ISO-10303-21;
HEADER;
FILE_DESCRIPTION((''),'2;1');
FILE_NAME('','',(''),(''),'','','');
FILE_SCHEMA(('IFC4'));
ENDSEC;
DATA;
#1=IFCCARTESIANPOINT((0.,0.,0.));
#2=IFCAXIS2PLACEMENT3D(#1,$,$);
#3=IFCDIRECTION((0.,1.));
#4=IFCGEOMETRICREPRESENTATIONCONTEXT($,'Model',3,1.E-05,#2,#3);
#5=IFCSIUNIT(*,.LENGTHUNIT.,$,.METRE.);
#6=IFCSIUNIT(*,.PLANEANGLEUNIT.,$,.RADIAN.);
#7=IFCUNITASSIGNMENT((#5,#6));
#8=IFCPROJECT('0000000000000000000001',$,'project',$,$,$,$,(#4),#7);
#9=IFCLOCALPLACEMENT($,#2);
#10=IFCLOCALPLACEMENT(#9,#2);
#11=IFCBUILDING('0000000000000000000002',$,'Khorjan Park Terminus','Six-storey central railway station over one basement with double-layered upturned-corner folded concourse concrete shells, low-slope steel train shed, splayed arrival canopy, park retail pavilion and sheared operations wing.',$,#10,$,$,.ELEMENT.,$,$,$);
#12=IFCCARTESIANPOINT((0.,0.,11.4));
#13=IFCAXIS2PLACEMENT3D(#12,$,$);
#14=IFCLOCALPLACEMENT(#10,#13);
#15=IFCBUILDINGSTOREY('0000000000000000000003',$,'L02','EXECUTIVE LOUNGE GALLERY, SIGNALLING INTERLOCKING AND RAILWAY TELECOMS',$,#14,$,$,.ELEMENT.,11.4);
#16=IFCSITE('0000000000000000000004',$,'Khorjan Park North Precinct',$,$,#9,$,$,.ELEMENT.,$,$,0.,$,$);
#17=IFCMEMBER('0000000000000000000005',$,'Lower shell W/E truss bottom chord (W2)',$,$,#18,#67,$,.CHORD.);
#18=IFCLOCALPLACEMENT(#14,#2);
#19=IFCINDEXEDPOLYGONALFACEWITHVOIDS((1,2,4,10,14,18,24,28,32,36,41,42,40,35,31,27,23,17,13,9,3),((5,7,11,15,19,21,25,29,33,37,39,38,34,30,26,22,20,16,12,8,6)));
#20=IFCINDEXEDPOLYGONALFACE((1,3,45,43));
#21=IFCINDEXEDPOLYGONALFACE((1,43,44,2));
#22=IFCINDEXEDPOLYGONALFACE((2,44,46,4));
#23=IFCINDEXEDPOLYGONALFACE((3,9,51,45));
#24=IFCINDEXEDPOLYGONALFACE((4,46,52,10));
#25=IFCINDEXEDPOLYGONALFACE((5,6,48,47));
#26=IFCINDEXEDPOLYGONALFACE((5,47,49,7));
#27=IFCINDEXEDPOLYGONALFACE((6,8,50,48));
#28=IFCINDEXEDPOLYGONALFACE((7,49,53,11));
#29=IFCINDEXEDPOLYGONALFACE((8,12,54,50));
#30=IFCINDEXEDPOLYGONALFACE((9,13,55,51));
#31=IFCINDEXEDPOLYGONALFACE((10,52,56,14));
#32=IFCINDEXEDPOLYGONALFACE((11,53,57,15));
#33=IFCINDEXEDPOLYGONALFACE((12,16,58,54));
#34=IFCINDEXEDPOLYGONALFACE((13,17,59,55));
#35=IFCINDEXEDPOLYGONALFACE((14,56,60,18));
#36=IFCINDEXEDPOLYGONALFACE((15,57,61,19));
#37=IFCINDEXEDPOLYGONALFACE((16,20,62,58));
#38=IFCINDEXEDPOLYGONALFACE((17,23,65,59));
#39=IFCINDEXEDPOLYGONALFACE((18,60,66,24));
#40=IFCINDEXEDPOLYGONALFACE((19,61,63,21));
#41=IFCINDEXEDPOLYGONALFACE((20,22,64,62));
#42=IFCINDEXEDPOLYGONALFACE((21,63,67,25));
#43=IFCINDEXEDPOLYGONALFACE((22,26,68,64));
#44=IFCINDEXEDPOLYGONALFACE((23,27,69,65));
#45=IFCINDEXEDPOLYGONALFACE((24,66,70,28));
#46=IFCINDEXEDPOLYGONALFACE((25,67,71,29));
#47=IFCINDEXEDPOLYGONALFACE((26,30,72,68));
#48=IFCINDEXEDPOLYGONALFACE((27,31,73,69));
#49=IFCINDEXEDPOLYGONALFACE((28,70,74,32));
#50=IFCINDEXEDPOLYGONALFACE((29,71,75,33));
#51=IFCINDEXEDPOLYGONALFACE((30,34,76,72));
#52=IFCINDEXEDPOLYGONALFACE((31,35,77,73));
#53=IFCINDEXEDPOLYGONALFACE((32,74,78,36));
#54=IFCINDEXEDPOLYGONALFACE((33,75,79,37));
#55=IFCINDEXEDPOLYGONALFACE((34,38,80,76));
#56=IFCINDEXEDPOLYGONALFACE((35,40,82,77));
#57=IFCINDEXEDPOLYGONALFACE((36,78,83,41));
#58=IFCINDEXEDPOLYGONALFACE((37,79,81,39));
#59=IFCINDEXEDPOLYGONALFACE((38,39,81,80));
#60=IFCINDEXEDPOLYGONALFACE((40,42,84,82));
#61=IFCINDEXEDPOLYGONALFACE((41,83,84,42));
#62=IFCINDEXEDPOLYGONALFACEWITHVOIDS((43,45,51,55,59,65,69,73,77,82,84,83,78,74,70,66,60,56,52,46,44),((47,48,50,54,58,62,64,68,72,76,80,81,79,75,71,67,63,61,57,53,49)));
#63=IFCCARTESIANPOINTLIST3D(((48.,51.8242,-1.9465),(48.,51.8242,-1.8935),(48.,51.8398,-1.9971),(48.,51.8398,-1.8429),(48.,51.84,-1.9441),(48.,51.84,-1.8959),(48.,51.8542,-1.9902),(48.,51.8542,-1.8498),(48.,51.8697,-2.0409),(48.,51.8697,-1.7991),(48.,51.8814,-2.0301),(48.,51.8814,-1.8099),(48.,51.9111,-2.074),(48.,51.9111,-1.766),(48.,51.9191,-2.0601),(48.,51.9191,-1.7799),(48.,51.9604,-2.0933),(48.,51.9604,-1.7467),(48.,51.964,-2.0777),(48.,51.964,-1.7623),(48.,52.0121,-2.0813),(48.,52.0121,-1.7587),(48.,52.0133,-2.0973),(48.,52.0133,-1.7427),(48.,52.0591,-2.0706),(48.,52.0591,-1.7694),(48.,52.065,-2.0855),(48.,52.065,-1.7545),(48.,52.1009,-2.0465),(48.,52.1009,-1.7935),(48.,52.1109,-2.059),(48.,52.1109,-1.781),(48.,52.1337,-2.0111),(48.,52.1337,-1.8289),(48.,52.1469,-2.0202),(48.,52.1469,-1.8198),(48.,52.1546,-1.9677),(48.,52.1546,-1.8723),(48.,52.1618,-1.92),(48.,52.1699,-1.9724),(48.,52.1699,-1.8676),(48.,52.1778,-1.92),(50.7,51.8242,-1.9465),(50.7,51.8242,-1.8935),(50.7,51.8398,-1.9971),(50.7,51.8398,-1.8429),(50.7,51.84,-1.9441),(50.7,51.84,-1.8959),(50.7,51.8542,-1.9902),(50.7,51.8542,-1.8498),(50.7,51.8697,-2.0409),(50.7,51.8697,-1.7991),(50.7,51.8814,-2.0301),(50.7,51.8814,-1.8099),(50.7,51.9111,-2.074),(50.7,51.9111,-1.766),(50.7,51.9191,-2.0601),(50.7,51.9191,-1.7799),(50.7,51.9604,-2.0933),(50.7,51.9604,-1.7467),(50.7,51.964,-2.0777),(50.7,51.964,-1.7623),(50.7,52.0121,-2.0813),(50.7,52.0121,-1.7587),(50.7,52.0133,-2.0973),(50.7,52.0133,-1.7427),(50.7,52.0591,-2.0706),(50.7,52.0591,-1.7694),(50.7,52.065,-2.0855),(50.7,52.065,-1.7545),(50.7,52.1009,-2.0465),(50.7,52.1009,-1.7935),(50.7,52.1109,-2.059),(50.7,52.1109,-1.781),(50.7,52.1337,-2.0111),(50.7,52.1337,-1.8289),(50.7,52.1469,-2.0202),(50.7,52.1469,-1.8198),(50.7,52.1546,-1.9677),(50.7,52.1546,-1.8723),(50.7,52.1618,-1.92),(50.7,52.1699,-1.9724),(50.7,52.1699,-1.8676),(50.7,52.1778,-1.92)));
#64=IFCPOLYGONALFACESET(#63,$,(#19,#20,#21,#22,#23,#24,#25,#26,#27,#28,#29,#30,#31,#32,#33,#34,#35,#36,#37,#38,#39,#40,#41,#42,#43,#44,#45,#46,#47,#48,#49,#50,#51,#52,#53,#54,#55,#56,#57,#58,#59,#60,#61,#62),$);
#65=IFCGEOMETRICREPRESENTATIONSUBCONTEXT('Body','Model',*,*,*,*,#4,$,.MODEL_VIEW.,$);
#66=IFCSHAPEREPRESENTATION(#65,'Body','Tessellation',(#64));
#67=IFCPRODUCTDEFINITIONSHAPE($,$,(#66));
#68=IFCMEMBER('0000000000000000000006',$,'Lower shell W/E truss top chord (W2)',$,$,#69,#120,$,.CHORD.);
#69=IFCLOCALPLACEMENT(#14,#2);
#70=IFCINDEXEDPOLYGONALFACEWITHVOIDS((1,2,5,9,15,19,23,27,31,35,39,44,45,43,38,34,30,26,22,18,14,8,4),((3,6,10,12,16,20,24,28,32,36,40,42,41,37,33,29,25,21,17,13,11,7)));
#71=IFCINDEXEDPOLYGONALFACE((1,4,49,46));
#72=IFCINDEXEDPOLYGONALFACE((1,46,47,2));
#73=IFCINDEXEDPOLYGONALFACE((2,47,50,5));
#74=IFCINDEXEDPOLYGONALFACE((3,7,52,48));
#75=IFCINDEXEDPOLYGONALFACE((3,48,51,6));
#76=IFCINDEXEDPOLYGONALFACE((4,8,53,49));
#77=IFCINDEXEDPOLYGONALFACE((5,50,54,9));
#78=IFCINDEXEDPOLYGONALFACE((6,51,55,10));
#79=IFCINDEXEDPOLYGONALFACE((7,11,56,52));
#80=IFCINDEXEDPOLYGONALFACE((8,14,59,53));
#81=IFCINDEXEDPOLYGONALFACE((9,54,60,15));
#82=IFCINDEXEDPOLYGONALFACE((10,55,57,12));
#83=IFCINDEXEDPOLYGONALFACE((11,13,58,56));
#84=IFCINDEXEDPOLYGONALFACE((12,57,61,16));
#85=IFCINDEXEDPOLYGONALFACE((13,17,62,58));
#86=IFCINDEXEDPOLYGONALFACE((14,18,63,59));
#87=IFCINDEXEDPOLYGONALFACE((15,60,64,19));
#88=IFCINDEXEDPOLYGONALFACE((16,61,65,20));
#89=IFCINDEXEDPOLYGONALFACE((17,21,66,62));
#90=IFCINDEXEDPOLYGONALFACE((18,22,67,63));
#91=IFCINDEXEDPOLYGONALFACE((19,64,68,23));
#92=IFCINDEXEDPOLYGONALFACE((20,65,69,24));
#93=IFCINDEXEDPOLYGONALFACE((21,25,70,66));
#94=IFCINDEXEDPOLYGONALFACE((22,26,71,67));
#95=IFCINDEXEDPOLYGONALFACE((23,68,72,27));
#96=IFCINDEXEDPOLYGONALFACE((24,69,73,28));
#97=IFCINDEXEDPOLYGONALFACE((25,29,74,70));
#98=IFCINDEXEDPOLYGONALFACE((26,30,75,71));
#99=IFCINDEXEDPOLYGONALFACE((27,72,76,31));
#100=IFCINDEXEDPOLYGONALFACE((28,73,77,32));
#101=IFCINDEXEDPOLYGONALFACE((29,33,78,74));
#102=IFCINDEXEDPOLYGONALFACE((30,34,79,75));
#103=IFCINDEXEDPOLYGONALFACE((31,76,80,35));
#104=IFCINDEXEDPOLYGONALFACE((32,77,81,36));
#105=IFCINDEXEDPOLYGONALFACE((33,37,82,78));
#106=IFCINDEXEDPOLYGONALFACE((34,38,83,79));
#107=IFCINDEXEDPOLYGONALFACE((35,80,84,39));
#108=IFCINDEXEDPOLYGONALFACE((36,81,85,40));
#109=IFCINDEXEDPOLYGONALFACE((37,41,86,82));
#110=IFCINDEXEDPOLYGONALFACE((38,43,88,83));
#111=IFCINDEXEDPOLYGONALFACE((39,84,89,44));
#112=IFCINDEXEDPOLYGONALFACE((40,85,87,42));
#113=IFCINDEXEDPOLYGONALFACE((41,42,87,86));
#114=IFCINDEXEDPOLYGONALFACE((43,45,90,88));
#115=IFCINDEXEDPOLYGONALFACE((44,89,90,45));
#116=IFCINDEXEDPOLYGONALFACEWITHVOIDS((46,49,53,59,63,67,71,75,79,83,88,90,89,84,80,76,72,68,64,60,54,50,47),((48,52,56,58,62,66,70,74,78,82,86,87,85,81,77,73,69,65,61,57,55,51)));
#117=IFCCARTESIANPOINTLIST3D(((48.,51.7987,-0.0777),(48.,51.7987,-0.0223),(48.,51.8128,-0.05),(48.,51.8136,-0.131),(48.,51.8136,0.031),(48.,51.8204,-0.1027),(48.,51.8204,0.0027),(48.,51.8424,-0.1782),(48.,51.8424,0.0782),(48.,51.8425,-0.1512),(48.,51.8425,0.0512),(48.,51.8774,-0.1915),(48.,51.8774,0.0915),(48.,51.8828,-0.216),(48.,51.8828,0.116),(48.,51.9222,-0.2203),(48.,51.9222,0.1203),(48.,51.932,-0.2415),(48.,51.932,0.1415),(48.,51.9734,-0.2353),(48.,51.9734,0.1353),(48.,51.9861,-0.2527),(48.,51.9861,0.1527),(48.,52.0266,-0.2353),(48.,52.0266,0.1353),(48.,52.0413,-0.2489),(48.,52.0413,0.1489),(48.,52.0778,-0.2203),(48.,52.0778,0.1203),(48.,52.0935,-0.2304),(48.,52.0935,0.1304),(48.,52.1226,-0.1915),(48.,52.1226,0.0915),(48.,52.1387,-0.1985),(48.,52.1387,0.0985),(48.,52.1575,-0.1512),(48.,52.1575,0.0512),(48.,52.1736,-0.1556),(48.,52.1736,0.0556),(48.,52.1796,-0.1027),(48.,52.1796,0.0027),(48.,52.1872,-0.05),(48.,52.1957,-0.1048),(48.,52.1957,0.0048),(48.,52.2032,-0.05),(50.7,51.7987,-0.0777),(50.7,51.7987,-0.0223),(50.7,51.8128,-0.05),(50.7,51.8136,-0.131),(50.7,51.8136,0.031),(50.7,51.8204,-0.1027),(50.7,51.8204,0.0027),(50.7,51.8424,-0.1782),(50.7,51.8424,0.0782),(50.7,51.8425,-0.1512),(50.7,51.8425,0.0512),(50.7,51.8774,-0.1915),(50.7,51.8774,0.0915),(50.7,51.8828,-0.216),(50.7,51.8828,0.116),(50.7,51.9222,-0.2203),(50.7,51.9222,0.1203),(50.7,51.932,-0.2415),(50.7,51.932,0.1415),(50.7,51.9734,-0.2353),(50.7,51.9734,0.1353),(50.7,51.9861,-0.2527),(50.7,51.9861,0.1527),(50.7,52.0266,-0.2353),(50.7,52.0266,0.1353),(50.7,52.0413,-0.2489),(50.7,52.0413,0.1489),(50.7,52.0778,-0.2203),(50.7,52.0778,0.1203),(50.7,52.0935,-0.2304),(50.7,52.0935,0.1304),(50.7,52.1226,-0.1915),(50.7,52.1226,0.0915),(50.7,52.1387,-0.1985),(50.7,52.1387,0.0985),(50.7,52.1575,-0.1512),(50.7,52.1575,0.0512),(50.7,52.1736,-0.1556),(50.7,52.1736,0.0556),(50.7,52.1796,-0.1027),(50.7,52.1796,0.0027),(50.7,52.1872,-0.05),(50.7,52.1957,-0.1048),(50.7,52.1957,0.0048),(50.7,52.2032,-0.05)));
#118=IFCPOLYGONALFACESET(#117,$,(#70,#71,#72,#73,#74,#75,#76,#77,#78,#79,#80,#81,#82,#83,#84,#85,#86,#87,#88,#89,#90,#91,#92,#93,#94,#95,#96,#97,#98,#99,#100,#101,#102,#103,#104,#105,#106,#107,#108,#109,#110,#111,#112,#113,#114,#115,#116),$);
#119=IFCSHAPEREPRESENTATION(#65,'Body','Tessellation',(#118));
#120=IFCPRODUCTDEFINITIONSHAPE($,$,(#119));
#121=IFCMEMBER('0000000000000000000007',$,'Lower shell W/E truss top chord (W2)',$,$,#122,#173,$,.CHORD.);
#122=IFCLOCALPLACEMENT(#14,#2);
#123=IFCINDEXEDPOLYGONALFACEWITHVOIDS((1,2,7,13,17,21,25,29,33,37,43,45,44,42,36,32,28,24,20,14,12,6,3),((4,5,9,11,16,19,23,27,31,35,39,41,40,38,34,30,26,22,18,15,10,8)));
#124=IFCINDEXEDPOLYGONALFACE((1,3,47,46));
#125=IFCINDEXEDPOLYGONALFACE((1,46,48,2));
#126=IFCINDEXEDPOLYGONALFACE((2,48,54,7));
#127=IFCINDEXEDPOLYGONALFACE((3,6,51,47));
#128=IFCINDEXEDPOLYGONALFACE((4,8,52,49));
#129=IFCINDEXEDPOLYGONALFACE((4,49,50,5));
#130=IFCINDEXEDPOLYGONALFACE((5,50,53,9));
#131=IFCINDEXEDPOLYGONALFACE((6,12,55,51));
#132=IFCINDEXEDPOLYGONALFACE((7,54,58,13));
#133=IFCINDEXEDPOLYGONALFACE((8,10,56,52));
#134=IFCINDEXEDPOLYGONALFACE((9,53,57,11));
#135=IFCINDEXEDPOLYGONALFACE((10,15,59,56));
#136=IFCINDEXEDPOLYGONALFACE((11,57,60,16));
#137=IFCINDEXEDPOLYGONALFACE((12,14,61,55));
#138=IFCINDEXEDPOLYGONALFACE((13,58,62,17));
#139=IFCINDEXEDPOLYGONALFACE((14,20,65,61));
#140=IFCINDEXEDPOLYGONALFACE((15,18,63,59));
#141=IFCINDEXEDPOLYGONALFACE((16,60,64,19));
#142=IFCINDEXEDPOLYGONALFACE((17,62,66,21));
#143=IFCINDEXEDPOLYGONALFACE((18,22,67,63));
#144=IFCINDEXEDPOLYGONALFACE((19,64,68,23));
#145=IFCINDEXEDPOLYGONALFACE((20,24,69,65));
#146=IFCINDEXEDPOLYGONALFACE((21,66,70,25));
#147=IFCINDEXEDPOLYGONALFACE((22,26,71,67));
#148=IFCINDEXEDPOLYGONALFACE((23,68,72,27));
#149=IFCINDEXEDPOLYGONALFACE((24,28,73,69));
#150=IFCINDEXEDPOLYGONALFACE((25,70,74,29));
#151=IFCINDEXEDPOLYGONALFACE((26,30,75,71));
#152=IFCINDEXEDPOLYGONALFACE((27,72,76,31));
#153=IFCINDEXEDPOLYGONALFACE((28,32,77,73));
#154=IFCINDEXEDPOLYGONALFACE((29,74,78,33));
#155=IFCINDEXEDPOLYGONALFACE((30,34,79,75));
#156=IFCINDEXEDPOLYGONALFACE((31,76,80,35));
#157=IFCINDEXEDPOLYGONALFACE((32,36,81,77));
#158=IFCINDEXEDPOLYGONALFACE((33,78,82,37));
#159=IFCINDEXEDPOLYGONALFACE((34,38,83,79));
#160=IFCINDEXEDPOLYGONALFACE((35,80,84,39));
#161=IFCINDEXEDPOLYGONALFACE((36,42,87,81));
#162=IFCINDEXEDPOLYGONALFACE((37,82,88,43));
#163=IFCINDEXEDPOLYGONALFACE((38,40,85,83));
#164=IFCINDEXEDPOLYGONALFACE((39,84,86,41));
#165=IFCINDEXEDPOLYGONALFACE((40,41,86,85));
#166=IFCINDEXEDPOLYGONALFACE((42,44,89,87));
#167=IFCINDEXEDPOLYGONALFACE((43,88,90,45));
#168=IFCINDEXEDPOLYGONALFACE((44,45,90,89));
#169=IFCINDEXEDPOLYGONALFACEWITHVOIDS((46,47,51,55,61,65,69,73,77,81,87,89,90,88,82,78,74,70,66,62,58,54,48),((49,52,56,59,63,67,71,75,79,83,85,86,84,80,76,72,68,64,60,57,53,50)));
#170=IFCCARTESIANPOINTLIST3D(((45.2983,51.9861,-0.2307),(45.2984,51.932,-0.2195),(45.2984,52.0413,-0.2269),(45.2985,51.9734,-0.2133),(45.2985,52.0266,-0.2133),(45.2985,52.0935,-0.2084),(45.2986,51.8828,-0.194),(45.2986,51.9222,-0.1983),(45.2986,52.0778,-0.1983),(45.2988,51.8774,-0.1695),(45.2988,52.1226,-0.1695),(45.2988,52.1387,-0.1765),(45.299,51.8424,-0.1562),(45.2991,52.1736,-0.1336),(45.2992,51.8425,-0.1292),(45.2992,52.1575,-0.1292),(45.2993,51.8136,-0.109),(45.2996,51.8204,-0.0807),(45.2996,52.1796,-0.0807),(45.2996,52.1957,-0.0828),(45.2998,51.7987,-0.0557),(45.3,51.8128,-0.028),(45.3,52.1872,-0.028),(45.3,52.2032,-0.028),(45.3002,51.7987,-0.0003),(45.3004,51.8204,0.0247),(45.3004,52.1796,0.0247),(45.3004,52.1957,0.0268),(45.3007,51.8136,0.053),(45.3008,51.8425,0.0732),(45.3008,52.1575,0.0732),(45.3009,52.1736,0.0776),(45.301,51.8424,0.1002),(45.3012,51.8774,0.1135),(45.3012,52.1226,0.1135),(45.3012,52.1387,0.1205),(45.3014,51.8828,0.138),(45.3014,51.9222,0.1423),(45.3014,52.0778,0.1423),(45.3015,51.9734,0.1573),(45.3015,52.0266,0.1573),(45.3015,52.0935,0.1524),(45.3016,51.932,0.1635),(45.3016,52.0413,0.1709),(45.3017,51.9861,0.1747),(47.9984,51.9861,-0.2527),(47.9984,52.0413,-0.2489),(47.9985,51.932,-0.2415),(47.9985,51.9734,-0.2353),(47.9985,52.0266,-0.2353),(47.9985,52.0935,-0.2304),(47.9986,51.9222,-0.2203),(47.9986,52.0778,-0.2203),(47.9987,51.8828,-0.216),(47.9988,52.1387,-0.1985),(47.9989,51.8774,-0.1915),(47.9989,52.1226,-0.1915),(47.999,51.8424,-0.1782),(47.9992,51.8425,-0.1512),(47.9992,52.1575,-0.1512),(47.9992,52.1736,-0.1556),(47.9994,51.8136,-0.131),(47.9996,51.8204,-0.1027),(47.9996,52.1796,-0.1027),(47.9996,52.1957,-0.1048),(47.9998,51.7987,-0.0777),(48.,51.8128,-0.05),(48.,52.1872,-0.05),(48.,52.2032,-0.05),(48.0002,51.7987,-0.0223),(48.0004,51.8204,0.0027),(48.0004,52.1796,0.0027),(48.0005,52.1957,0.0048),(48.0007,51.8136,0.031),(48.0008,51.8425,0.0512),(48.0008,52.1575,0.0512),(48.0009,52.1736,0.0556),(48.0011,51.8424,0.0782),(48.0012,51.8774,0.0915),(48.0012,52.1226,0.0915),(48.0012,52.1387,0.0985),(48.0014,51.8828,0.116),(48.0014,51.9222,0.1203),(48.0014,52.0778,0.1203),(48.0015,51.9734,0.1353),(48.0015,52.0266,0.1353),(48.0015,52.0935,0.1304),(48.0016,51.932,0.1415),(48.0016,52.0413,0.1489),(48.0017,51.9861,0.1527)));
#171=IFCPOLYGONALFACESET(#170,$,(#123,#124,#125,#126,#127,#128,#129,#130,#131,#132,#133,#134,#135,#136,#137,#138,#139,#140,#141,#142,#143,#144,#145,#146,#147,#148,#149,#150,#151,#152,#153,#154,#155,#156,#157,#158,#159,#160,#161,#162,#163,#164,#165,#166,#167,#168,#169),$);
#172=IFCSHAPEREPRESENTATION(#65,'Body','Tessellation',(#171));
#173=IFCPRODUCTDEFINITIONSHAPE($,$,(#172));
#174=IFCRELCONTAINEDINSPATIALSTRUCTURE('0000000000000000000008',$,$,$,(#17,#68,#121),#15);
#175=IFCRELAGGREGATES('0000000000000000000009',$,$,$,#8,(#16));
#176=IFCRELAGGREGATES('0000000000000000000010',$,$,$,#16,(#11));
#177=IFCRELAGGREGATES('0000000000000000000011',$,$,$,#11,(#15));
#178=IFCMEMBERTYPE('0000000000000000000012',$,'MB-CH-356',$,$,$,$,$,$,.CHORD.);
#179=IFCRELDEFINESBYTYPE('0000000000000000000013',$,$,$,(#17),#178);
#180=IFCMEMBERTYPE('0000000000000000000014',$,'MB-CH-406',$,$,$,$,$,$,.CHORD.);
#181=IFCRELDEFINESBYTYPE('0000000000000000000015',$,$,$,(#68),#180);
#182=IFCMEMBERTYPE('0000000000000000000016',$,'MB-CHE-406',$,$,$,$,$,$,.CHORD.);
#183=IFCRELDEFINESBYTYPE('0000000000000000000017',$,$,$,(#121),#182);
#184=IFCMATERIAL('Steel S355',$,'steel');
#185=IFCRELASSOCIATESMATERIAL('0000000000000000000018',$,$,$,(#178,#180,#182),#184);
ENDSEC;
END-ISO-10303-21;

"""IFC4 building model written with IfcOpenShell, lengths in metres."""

from ifc_helpers import new_model, si_unit, direction, frame, origin, origin_2d, place, context, subcontext, project, spatial, hollow_circle, extrude, material, material_profile, profile_set, type_object, element, save


model = new_model("IFC4")

# Units and contexts
model_context = context("Model", 3, precision=1e-05, world=origin(), true_north=direction((0.0, 1.0)))
body_context = subcontext(model_context, "Body", "Model", "MODEL_VIEW")
ifc_project = project(units=[si_unit("LENGTHUNIT", "METRE"), si_unit("PLANEANGLEUNIT", "RADIAN")], contexts=[model_context])

# Site, building, storey
site_placement = place(None, origin())
site = spatial("IfcSite", under=ifc_project, at=site_placement, Name="Khorjan Park North Precinct", CompositionType="ELEMENT", RefElevation=0.0)
building_placement = place(site_placement, origin())
building = spatial("IfcBuilding", under=site, at=building_placement, Name="Khorjan Park Terminus", Description="Six-storey central railway station over one basement with double-layered upturned-corner folded concourse concrete shells, low-slope steel train shed, splayed arrival canopy, park retail pavilion and sheared operations wing.", CompositionType="ELEMENT")
storey_placement = place(building_placement, frame((0.0, 0.0, 11.4)))
storey = spatial("IfcBuildingStorey", under=building, at=storey_placement, Name="L02", Description="EXECUTIVE LOUNGE GALLERY, SIGNALLING INTERLOCKING AND RAILWAY TELECOMS", CompositionType="ELEMENT", Elevation=11.4)

# Members
ifc_material_1 = material(Name="Steel S355", Category="steel")
ifc_material_profile_1 = material_profile(ifc_material_1, hollow_circle(Radius=0.1778, WallThickness=0.016, at=origin_2d()), Name="CHS 355.6x16")
ifc_profile_set_1 = profile_set([ifc_material_profile_1], Name="Steel S355")
member_type_1 = type_object("IfcMemberType", Name="MB-CH-356", PredefinedType="CHORD", material=ifc_profile_set_1)
member_1_placement = place(storey_placement, frame((48.0, 52.0, -1.92), z_axis=(1.0, 0.0, 0.0), x_axis=(0.0, 1.0, 0.0)))
element("IfcMember", 1, at=member_1_placement, inside=storey, type_object=member_type_1, Name="Lower shell W/E truss bottom chord (W2)", PredefinedType="CHORD", context=body_context, shape_type="SweptSolid", body=[
    extrude(hollow_circle(Radius=0.1778, WallThickness=0.016, at=origin_2d()), origin(), (0.0, 0.0, 1.0), 2.7),
])
ifc_material_profile_2 = material_profile(ifc_material_1, hollow_circle(Radius=0.2032, WallThickness=0.016, at=origin_2d()), Name="CHS 406.4x16")
ifc_profile_set_2 = profile_set([ifc_material_profile_2], Name="Steel S355")
member_type_2 = type_object("IfcMemberType", Name="MB-CH-406", PredefinedType="CHORD", material=ifc_profile_set_2)
member_2_placement = place(storey_placement, frame((48.0, 52.0, -0.05), z_axis=(1.0, 0.0, 0.0), x_axis=(0.0, 1.0, 0.0)))
element("IfcMember", 2, at=member_2_placement, inside=storey, type_object=member_type_2, Name="Lower shell W/E truss top chord (W2)", PredefinedType="CHORD", context=body_context, shape_type="SweptSolid", body=[
    extrude(hollow_circle(Radius=0.2032, WallThickness=0.016, at=origin_2d()), origin(), (0.0, 0.0, 1.0), 2.7),
])
ifc_material_profile_3 = material_profile(ifc_material_1, hollow_circle(Radius=0.2032, WallThickness=0.016, at=origin_2d()), Name="CHS 406.4x16")
ifc_profile_set_3 = profile_set([ifc_material_profile_3], Name="Steel S355")
member_type_3 = type_object("IfcMemberType", Name="MB-CHE-406", PredefinedType="CHORD", material=ifc_profile_set_3)
member_3_placement = place(storey_placement, frame((45.3, 52.0, -0.028), z_axis=(0.999967, 0.0, -0.008148), x_axis=(0.0, 1.0, 0.0)))
element("IfcMember", 3, at=member_3_placement, inside=storey, type_object=member_type_3, Name="Lower shell W/E truss top chord (W2)", PredefinedType="CHORD", context=body_context, shape_type="SweptSolid", body=[
    extrude(hollow_circle(Radius=0.2032, WallThickness=0.016, at=origin_2d()), origin(), (0.0, 0.0, 1.0), 2.7001),
])

save(model, "model.ifc")
